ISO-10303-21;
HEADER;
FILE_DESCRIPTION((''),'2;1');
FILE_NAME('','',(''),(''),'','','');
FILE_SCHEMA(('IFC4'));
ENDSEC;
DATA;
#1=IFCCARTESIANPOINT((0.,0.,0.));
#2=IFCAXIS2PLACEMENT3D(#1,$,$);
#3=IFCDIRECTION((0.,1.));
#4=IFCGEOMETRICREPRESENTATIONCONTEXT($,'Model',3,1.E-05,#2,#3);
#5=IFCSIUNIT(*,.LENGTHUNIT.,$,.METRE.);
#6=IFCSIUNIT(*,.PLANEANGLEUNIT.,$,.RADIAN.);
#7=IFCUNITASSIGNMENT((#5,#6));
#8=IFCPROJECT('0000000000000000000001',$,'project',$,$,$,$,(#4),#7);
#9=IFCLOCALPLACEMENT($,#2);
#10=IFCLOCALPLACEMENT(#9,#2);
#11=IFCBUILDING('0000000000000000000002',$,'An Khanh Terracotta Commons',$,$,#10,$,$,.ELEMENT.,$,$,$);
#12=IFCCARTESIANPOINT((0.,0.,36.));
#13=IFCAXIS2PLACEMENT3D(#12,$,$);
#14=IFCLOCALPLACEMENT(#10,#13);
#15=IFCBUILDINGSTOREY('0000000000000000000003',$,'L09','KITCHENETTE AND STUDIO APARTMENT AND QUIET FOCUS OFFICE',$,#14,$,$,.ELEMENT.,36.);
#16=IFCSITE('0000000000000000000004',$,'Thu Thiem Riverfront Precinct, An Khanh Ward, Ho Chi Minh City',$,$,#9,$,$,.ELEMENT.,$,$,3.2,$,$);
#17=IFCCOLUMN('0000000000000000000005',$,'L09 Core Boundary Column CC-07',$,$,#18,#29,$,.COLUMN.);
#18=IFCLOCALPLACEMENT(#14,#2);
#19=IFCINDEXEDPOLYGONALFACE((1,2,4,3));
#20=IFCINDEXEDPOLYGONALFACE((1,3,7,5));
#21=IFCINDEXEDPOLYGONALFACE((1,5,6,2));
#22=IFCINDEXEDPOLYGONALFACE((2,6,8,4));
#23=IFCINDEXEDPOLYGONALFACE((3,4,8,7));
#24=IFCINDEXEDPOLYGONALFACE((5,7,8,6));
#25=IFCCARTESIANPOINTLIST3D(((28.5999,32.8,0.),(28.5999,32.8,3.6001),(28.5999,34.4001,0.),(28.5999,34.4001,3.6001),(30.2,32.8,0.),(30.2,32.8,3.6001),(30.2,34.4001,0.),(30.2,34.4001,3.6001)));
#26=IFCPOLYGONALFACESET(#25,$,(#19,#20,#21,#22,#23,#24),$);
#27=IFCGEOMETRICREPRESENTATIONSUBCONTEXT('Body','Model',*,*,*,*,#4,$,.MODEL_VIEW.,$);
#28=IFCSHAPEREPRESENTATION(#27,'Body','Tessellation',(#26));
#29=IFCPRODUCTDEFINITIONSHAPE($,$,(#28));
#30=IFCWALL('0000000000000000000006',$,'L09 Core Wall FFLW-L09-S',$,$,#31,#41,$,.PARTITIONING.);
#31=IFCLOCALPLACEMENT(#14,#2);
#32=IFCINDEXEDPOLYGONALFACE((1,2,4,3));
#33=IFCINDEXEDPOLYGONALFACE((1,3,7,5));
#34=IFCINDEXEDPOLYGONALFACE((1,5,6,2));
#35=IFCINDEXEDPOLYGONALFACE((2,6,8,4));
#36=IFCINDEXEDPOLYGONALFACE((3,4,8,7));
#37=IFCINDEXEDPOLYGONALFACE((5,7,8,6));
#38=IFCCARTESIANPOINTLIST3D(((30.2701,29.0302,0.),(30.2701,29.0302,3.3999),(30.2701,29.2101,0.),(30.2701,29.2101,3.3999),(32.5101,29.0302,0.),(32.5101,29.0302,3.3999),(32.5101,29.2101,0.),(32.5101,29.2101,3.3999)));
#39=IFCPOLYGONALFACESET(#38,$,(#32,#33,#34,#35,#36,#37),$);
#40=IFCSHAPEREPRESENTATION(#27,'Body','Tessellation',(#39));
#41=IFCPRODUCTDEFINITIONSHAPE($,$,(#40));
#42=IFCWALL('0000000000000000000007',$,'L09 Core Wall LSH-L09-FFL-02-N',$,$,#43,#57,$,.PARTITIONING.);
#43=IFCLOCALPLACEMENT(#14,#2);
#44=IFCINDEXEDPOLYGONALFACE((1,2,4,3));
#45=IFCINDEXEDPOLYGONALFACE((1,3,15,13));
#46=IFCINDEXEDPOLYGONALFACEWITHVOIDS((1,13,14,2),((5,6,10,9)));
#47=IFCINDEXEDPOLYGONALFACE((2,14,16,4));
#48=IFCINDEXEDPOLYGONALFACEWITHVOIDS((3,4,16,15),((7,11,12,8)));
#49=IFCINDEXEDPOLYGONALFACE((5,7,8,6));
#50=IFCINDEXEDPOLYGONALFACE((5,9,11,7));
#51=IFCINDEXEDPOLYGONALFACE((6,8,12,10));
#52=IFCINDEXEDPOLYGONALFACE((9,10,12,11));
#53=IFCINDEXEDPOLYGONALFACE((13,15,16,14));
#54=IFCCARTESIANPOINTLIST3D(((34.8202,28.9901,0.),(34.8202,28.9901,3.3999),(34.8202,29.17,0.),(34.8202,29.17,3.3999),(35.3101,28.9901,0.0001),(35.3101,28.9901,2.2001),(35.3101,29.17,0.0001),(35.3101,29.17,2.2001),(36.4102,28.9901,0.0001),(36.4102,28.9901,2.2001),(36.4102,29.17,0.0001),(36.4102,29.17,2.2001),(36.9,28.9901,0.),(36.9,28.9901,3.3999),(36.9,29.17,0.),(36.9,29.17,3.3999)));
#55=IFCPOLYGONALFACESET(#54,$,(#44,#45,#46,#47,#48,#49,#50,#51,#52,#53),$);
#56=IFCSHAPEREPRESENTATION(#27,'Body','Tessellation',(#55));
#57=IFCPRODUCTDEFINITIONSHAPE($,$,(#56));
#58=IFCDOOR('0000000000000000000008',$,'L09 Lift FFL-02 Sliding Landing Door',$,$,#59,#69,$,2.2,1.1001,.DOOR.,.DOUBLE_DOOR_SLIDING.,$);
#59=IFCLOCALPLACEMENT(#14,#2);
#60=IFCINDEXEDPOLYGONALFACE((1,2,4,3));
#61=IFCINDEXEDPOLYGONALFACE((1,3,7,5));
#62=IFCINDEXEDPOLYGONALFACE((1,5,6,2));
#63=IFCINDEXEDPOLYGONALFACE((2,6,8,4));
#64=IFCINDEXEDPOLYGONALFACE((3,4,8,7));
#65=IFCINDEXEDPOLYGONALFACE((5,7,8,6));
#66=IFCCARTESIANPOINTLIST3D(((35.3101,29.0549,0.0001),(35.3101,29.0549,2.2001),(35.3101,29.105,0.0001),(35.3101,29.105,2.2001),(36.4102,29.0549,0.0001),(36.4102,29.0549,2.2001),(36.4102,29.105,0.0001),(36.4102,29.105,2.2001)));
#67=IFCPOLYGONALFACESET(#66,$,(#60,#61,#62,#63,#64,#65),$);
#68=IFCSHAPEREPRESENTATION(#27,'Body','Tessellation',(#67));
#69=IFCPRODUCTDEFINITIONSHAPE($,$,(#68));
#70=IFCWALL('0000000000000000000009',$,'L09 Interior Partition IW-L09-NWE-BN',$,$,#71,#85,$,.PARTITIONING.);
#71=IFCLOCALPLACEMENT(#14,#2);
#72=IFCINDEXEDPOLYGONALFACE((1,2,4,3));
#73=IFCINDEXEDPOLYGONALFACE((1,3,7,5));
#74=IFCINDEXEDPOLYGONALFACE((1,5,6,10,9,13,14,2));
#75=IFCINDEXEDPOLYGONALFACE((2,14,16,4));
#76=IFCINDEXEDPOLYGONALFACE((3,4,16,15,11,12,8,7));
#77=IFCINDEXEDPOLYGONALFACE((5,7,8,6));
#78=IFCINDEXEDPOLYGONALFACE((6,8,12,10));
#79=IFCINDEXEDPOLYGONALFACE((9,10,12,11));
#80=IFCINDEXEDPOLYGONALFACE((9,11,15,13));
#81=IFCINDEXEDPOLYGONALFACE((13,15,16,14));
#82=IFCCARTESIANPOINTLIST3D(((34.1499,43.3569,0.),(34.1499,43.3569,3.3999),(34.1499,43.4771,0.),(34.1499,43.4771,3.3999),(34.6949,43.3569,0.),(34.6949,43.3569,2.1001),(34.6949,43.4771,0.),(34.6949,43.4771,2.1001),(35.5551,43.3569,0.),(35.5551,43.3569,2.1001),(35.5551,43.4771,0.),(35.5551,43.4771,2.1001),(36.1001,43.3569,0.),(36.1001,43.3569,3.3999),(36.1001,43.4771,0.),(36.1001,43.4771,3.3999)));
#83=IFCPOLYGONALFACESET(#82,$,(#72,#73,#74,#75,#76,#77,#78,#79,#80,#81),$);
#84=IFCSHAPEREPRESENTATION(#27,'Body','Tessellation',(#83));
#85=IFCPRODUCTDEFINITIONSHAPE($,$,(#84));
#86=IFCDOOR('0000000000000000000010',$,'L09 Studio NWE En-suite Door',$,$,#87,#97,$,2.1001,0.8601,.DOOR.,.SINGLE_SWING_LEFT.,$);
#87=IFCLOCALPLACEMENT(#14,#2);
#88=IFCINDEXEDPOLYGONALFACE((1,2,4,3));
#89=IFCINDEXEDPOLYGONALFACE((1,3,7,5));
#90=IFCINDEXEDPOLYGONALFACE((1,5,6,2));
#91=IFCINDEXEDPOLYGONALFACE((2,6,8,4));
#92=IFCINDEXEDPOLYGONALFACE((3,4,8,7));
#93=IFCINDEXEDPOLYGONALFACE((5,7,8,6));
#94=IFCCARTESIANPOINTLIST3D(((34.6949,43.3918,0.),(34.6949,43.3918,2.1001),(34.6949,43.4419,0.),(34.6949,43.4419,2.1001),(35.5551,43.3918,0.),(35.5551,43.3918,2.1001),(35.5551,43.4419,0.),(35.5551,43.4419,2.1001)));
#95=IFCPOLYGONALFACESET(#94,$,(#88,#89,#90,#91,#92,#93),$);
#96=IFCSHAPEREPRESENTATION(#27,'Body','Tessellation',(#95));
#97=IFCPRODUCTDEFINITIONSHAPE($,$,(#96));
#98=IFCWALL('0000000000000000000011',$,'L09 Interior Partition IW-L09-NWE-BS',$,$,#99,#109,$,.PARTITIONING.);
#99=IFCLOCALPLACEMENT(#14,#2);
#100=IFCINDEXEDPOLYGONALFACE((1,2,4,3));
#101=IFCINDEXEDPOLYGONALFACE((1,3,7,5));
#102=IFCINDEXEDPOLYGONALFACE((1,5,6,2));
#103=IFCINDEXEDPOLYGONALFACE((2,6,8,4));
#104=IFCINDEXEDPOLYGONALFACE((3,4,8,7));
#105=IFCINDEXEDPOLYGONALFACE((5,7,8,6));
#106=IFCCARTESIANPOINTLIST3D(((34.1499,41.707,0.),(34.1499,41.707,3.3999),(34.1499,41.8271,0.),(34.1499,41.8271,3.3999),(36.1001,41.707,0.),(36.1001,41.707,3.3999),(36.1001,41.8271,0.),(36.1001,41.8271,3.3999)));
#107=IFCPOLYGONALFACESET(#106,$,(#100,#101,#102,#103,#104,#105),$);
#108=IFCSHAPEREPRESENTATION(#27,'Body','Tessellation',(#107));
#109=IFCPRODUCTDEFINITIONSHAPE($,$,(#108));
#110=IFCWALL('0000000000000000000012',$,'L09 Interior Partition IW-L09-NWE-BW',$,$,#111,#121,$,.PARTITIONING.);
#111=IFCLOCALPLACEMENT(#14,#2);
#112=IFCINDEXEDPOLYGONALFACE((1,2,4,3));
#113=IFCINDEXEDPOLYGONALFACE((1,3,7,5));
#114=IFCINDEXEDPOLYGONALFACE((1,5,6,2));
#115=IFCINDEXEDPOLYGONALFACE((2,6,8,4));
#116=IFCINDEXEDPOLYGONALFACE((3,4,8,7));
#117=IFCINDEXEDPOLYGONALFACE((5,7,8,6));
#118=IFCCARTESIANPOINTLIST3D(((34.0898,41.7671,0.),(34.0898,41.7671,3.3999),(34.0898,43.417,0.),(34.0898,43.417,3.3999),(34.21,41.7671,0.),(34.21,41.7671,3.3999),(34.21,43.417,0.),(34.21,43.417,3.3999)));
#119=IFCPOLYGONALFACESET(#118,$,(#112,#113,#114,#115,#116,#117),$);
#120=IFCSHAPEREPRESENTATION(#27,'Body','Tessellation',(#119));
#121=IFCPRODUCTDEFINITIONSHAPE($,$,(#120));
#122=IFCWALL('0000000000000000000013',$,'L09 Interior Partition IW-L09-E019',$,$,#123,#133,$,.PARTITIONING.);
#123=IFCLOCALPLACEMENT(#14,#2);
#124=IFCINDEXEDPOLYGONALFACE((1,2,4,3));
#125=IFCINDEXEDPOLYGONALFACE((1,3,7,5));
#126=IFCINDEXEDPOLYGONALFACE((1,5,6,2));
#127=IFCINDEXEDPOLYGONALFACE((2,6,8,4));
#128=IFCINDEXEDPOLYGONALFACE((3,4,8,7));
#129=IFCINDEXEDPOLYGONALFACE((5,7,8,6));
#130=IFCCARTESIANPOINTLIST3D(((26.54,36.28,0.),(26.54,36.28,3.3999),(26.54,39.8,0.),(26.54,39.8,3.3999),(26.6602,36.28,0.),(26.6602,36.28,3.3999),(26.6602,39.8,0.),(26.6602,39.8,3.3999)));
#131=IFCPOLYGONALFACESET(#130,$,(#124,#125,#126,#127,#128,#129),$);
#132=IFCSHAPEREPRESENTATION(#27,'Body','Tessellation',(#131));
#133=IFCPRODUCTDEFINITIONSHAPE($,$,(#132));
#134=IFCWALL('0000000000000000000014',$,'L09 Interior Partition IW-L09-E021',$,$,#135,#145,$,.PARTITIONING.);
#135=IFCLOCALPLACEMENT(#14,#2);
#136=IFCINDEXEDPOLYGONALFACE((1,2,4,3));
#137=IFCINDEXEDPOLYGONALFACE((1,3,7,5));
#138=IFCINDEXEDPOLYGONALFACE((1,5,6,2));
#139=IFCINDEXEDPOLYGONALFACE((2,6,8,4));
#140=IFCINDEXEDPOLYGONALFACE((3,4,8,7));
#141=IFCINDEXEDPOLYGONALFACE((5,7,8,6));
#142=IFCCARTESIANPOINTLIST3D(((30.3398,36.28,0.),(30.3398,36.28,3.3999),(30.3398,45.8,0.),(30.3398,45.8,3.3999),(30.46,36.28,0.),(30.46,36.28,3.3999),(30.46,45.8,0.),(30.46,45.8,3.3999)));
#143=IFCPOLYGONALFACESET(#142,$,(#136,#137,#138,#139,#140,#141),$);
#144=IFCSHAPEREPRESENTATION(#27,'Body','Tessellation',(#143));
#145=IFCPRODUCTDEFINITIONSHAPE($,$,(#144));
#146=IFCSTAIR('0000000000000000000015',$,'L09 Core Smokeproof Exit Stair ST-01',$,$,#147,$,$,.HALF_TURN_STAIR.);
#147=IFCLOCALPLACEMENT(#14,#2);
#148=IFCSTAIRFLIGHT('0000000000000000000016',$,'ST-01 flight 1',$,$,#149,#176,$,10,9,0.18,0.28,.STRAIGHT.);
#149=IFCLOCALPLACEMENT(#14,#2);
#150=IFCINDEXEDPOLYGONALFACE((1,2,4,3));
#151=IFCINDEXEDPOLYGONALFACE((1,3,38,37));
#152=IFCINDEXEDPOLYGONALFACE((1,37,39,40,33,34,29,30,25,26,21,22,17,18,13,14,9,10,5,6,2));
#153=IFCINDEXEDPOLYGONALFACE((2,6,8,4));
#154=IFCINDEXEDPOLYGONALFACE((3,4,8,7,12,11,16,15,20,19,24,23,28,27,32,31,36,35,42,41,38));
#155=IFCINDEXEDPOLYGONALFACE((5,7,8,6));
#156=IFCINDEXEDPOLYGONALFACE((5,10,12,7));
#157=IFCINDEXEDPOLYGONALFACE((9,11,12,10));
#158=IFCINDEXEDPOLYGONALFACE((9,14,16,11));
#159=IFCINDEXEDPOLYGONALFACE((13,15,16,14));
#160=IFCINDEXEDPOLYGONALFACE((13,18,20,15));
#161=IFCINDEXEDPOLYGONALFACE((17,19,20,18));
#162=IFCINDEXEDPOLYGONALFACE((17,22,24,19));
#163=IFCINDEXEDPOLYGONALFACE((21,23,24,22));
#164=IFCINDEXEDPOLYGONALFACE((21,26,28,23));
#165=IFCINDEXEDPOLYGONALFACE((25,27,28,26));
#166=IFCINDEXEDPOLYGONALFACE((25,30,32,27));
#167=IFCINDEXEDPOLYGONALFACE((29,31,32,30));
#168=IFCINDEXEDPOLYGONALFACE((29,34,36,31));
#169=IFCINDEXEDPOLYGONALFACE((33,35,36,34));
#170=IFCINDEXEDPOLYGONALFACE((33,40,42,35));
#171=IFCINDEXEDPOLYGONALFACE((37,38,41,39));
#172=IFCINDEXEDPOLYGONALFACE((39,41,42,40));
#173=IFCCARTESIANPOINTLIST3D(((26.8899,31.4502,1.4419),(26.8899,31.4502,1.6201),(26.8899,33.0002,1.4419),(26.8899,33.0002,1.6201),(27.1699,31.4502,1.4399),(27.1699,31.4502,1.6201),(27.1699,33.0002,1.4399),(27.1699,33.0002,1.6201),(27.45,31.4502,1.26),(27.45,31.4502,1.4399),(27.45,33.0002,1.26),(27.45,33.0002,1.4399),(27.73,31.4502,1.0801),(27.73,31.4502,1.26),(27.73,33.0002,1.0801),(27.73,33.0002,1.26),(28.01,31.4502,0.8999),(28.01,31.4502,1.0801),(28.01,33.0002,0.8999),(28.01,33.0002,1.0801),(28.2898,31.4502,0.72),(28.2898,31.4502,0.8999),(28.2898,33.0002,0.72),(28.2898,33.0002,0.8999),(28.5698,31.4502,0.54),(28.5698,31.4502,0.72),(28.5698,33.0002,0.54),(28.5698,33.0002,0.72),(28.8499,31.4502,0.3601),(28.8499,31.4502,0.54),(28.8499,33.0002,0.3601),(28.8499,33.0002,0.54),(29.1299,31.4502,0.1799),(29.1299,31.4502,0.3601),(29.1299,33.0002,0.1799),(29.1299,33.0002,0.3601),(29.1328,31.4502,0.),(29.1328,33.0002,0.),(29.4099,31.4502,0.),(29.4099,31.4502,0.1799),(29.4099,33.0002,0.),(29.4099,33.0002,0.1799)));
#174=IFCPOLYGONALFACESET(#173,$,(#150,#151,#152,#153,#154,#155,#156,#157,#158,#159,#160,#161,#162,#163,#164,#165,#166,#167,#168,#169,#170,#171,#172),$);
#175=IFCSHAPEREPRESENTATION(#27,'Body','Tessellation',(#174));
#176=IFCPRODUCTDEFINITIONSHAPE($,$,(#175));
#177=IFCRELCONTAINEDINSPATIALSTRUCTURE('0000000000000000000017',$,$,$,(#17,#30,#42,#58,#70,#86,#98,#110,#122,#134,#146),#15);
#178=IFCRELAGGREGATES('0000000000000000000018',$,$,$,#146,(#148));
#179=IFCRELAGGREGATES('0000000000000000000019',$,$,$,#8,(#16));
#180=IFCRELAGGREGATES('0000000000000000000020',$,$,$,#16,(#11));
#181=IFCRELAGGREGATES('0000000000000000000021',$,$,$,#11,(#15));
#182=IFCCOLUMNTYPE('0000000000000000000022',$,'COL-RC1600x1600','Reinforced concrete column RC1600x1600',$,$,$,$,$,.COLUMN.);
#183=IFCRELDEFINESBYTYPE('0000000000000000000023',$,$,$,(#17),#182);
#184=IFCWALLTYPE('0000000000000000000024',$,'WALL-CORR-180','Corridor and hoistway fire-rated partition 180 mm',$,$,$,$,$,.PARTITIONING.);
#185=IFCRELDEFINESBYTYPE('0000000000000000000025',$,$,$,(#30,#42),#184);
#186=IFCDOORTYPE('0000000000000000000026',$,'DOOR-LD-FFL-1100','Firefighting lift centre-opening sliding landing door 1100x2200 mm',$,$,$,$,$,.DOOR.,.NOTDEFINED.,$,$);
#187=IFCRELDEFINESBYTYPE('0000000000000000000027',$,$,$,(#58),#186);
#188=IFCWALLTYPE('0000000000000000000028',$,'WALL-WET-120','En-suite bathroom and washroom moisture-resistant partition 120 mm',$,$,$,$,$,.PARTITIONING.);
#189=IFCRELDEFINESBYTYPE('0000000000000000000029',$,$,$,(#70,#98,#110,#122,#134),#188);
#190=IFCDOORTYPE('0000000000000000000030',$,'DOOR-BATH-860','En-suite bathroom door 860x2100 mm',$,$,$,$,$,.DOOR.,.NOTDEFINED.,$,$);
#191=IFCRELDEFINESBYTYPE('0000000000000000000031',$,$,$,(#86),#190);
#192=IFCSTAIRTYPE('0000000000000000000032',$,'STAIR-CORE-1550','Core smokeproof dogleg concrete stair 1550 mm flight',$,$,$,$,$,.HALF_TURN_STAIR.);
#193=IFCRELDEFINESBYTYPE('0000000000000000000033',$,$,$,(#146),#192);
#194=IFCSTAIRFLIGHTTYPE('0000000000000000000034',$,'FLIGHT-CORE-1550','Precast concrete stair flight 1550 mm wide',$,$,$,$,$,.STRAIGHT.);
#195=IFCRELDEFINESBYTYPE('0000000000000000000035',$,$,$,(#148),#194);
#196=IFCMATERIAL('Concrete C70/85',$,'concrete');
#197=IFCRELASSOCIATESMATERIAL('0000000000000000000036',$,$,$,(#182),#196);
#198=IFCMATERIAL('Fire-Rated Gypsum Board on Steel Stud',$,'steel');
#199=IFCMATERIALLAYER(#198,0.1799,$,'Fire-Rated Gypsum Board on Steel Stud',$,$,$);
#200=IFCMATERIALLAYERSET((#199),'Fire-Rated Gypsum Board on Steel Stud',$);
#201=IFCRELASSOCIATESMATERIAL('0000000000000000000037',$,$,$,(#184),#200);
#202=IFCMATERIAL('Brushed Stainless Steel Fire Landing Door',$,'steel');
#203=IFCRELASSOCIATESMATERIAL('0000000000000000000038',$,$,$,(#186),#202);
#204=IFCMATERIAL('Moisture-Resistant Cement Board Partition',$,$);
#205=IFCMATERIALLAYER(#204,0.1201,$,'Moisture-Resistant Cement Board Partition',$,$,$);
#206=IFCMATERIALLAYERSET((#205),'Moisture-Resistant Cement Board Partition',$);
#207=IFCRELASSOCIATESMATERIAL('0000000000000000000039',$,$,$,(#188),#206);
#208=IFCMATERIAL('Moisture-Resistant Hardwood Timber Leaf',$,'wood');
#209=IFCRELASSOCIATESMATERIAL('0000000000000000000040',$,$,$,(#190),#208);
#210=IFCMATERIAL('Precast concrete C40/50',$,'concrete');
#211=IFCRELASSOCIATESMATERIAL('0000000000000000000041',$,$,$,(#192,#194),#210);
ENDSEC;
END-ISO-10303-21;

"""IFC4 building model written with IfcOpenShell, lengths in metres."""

from ifc_helpers import new_model, si_unit, direction, frame, frame_2d, origin, origin_2d, place, context, subcontext, project, spatial, polyline, rectangle, outline, extrude, material, layer, layer_set, material_profile, profile_set, type_object, element, fill, aggregate, save


model = new_model("IFC4")

# Units and contexts
model_context = context("Model", 3, precision=1e-05, world=origin(), true_north=direction((0.0, 1.0)))
body_context = subcontext(model_context, "Body", "Model", "MODEL_VIEW")
ifc_project = project(units=[si_unit("LENGTHUNIT", "METRE"), si_unit("PLANEANGLEUNIT", "RADIAN")], contexts=[model_context])

# Site, building, storey
site_placement = place(None, origin())
site = spatial("IfcSite", under=ifc_project, at=site_placement, Name="Thu Thiem Riverfront Precinct, An Khanh Ward, Ho Chi Minh City", CompositionType="ELEMENT", RefElevation=3.2)
building_placement = place(site_placement, origin())
building = spatial("IfcBuilding", under=site, at=building_placement, Name="An Khanh Terracotta Commons", CompositionType="ELEMENT")
storey_placement = place(building_placement, frame((0.0, 0.0, 36.0)))
storey = spatial("IfcBuildingStorey", under=building, at=storey_placement, Name="L09", Description="KITCHENETTE AND STUDIO APARTMENT AND QUIET FOCUS OFFICE", CompositionType="ELEMENT", Elevation=36.0)

# Column
ifc_material_1 = material(Name="Concrete C70/85", Category="concrete")
ifc_material_profile = material_profile(ifc_material_1, rectangle(XDim=1.6001, YDim=1.6001, at=origin_2d()), Name="RC1600x1600")
ifc_profile_set = profile_set([ifc_material_profile], Name="Concrete C70/85")
column_type = type_object("IfcColumnType", Name="COL-RC1600x1600", Description="Reinforced concrete column RC1600x1600", PredefinedType="COLUMN", material=ifc_profile_set)
column_placement = place(storey_placement, frame((29.3999, 33.6001, 0.0), z_axis=(0.0, 0.0, 1.0), x_axis=(1.0, 0.0, 0.0)))
element("IfcColumn", 1, at=column_placement, inside=storey, type_object=column_type, Name="L09 Core Boundary Column CC-07", PredefinedType="COLUMN", context=body_context, shape_type="SweptSolid", body=[
    extrude(rectangle(XDim=1.6001, YDim=1.6001, at=origin_2d()), origin(), (0.0, 0.0, 1.0), 3.6001),
])

# Wall
ifc_material_2 = material(Name="Fire-Rated Gypsum Board on Steel Stud", Category="steel")
ifc_layer_1 = layer(ifc_material_2, 0.1799, Name="Fire-Rated Gypsum Board on Steel Stud")
ifc_layer_set_1 = layer_set([ifc_layer_1], Name="Fire-Rated Gypsum Board on Steel Stud")
wall_type_1 = type_object("IfcWallType", Name="WALL-CORR-180", Description="Corridor and hoistway fire-rated partition 180 mm", PredefinedType="PARTITIONING", material=ifc_layer_set_1)
wall_1_placement = place(storey_placement, frame((30.27, 29.1201, 0.0), z_axis=(0.0, 0.0, 1.0), x_axis=(1.0, 0.0, 0.0)))
element("IfcWall", 2, at=wall_1_placement, inside=storey, type_object=wall_type_1, Name="L09 Core Wall FFLW-L09-S", PredefinedType="PARTITIONING", context=body_context, shape_type="SweptSolid", body=[
    extrude(rectangle(XDim=2.24, YDim=0.1799, at=frame_2d((1.1201, 0.0))), origin(), (0.0, 0.0, 1.0), 3.3999),
])

# Walls, openings, doors
wall_2_placement = place(storey_placement, frame((34.8201, 29.0801, 0.0), z_axis=(0.0, 0.0, 1.0), x_axis=(1.0, 0.0, 0.0)))
wall_2 = element("IfcWall", 3, at=wall_2_placement, inside=storey, type_object=wall_type_1, Name="L09 Core Wall LSH-L09-FFL-02-N", PredefinedType="PARTITIONING", context=body_context, shape_type="SweptSolid", body=[
    extrude(rectangle(XDim=2.0798, YDim=0.1799, at=frame_2d((1.04, 0.0))), origin(), (0.0, 0.0, 1.0), 3.3999),
])
opening_1_placement = place(wall_2_placement, frame((0.49, 0.0, 0.0)))
opening_1 = element("IfcOpeningElement", 4, at=opening_1_placement, cuts=wall_2, PredefinedType="OPENING", context=body_context, shape_type="SweptSolid", body=[
    extrude(rectangle(XDim=1.1001, YDim=2.2, at=frame_2d((0.55, 1.1001))), frame((0.0, 0.0999, 0.0), z_axis=(0.0, -1.0, 0.0), x_axis=(1.0, 0.0, 0.0)), (0.0, 0.0, 1.0), 0.2),
])
ifc_material_3 = material(Name="Brushed Stainless Steel Fire Landing Door", Category="steel")
door_type_1 = type_object("IfcDoorType", Name="DOOR-LD-FFL-1100", Description="Firefighting lift centre-opening sliding landing door 1100x2200 mm", OperationType="NOTDEFINED", PredefinedType="DOOR", material=ifc_material_3)
door_1_placement = place(opening_1_placement, origin())
door_1 = element("IfcDoor", 5, at=door_1_placement, inside=storey, type_object=door_type_1, Name="L09 Lift FFL-02 Sliding Landing Door", OperationType="DOUBLE_DOOR_SLIDING", OverallHeight=2.2, OverallWidth=1.1001, PredefinedType="DOOR", context=body_context, shape_type="SweptSolid", body=[
    extrude(rectangle(XDim=1.1001, YDim=2.2, at=frame_2d((0.55, 1.1001))), frame((0.0, 0.0249, 0.0), z_axis=(0.0, -1.0, 0.0), x_axis=(1.0, 0.0, 0.0)), (0.0, 0.0, 1.0), 0.05),
])
fill(opening_1, door_1)
ifc_material_4 = material(Name="Moisture-Resistant Cement Board Partition")
ifc_layer_2 = layer(ifc_material_4, 0.1201, Name="Moisture-Resistant Cement Board Partition")
ifc_layer_set_2 = layer_set([ifc_layer_2], Name="Moisture-Resistant Cement Board Partition")
wall_type_2 = type_object("IfcWallType", Name="WALL-WET-120", Description="En-suite bathroom and washroom moisture-resistant partition 120 mm", PredefinedType="PARTITIONING", material=ifc_layer_set_2)
wall_3_placement = place(storey_placement, frame((34.1499, 43.417, 0.0), z_axis=(0.0, 0.0, 1.0), x_axis=(1.0, 0.0, 0.0)))
wall_3 = element("IfcWall", 6, at=wall_3_placement, inside=storey, type_object=wall_type_2, Name="L09 Interior Partition IW-L09-NWE-BN", PredefinedType="PARTITIONING", context=body_context, shape_type="SweptSolid", body=[
    extrude(rectangle(XDim=1.9502, YDim=0.1201, at=frame_2d((0.9751, 0.0))), origin(), (0.0, 0.0, 1.0), 3.3999),
])
opening_2_placement = place(wall_3_placement, frame((0.5449, 0.0, 0.0)))
opening_2 = element("IfcOpeningElement", 7, at=opening_2_placement, cuts=wall_3, PredefinedType="OPENING", context=body_context, shape_type="SweptSolid", body=[
    extrude(rectangle(XDim=0.8601, YDim=2.1001, at=frame_2d((0.4302, 1.05))), frame((0.0, 0.0701, 0.0), z_axis=(0.0, -1.0, 0.0), x_axis=(1.0, 0.0, 0.0)), (0.0, 0.0, 1.0), 0.1401),
])
ifc_material_5 = material(Name="Moisture-Resistant Hardwood Timber Leaf", Category="wood")
door_type_2 = type_object("IfcDoorType", Name="DOOR-BATH-860", Description="En-suite bathroom door 860x2100 mm", OperationType="NOTDEFINED", PredefinedType="DOOR", material=ifc_material_5)
door_2_placement = place(opening_2_placement, origin())
door_2 = element("IfcDoor", 8, at=door_2_placement, inside=storey, type_object=door_type_2, Name="L09 Studio NWE En-suite Door", OperationType="SINGLE_SWING_LEFT", OverallHeight=2.1001, OverallWidth=0.8601, PredefinedType="DOOR", context=body_context, shape_type="SweptSolid", body=[
    extrude(rectangle(XDim=0.8601, YDim=2.1001, at=frame_2d((0.4302, 1.05))), frame((0.0, 0.0249, 0.0), z_axis=(0.0, -1.0, 0.0), x_axis=(1.0, 0.0, 0.0)), (0.0, 0.0, 1.0), 0.05),
])
fill(opening_2, door_2)

# Walls
wall_4_placement = place(storey_placement, frame((36.1001, 41.7671, 0.0), z_axis=(0.0, 0.0, 1.0), x_axis=(-1.0, 0.0, 0.0)))
element("IfcWall", 9, at=wall_4_placement, inside=storey, type_object=wall_type_2, Name="L09 Interior Partition IW-L09-NWE-BS", PredefinedType="PARTITIONING", context=body_context, shape_type="SweptSolid", body=[
    extrude(rectangle(XDim=1.9502, YDim=0.1201, at=frame_2d((0.9751, 0.0))), origin(), (0.0, 0.0, 1.0), 3.3999),
])
wall_5_placement = place(storey_placement, frame((34.1499, 43.417, 0.0), z_axis=(0.0, 0.0, 1.0), x_axis=(0.0, -1.0, 0.0)))
element("IfcWall", 10, at=wall_5_placement, inside=storey, type_object=wall_type_2, Name="L09 Interior Partition IW-L09-NWE-BW", PredefinedType="PARTITIONING", context=body_context, shape_type="SweptSolid", body=[
    extrude(rectangle(XDim=1.6499, YDim=0.1201, at=frame_2d((0.825, 0.0))), origin(), (0.0, 0.0, 1.0), 3.3999),
])
wall_6_placement = place(storey_placement, frame((26.6001, 36.28, 0.0), z_axis=(0.0, 0.0, 1.0), x_axis=(0.0, 1.0, 0.0)))
element("IfcWall", 11, at=wall_6_placement, inside=storey, type_object=wall_type_2, Name="L09 Interior Partition IW-L09-E019", PredefinedType="PARTITIONING", context=body_context, shape_type="SweptSolid", body=[
    extrude(rectangle(XDim=3.52, YDim=0.1201, at=frame_2d((1.76, 0.0))), origin(), (0.0, 0.0, 1.0), 3.3999),
])
wall_7_placement = place(storey_placement, frame((30.3999, 36.28, 0.0), z_axis=(0.0, 0.0, 1.0), x_axis=(0.0, 1.0, 0.0)))
element("IfcWall", 12, at=wall_7_placement, inside=storey, type_object=wall_type_2, Name="L09 Interior Partition IW-L09-E021", PredefinedType="PARTITIONING", context=body_context, shape_type="SweptSolid", body=[
    extrude(rectangle(XDim=9.52, YDim=0.1201, at=frame_2d((4.76, 0.0))), origin(), (0.0, 0.0, 1.0), 3.3999),
])

# Stair, stair flight
ifc_material_6 = material(Name="Precast concrete C40/50", Category="concrete")
stair_type = type_object("IfcStairType", Name="STAIR-CORE-1550", Description="Core smokeproof dogleg concrete stair 1550 mm flight", PredefinedType="HALF_TURN_STAIR", material=ifc_material_6)
stair_placement = place(storey_placement, origin())
stair = element("IfcStair", 13, at=stair_placement, inside=storey, type_object=stair_type, Name="L09 Core Smokeproof Exit Stair ST-01", PredefinedType="HALF_TURN_STAIR")
stair_flight_type = type_object("IfcStairFlightType", Name="FLIGHT-CORE-1550", Description="Precast concrete stair flight 1550 mm wide", PredefinedType="STRAIGHT", material=ifc_material_6)
stair_flight_1_placement = place(storey_placement, frame((29.4099, 32.2251, 0.0), z_axis=(0.0, 0.0, 1.0), x_axis=(-1.0, 0.0, 0.0)))
stair_flight_1 = element("IfcStairFlight", 14, at=stair_flight_1_placement, type_object=stair_flight_type, Name="ST-01 flight 1", NumberOfRisers=10, NumberOfTreads=9, PredefinedType="STRAIGHT", RiserHeight=0.18, TreadLength=0.28, context=body_context, shape_type="SweptSolid", body=[
    extrude(outline(polyline([(0.0, 0.0), (0.0, 0.1799), (0.28, 0.1799), (0.28, 0.3601), (0.5601, 0.3601), (0.5601, 0.54), (0.8401, 0.54), (0.8401, 0.72), (1.1201, 0.72), (1.1201, 0.8999), (1.3999, 0.8999), (1.3999, 1.0801), (1.6799, 1.0801), (1.6799, 1.26), (1.96, 1.26), (1.96, 1.4399), (2.24, 1.4399), (2.24, 1.6201), (2.52, 1.6201), (2.52, 1.8), (2.52, 1.4419), (0.2771, 0.0), (0.0, 0.0)])), frame((0.0, 0.7749, 0.0), z_axis=(0.0, -1.0, 0.0), x_axis=(1.0, 0.0, 0.0)), (0.0, 0.0, 1.0), 1.55),
])
aggregate(stair, [stair_flight_1])

save(model, "model.ifc")
